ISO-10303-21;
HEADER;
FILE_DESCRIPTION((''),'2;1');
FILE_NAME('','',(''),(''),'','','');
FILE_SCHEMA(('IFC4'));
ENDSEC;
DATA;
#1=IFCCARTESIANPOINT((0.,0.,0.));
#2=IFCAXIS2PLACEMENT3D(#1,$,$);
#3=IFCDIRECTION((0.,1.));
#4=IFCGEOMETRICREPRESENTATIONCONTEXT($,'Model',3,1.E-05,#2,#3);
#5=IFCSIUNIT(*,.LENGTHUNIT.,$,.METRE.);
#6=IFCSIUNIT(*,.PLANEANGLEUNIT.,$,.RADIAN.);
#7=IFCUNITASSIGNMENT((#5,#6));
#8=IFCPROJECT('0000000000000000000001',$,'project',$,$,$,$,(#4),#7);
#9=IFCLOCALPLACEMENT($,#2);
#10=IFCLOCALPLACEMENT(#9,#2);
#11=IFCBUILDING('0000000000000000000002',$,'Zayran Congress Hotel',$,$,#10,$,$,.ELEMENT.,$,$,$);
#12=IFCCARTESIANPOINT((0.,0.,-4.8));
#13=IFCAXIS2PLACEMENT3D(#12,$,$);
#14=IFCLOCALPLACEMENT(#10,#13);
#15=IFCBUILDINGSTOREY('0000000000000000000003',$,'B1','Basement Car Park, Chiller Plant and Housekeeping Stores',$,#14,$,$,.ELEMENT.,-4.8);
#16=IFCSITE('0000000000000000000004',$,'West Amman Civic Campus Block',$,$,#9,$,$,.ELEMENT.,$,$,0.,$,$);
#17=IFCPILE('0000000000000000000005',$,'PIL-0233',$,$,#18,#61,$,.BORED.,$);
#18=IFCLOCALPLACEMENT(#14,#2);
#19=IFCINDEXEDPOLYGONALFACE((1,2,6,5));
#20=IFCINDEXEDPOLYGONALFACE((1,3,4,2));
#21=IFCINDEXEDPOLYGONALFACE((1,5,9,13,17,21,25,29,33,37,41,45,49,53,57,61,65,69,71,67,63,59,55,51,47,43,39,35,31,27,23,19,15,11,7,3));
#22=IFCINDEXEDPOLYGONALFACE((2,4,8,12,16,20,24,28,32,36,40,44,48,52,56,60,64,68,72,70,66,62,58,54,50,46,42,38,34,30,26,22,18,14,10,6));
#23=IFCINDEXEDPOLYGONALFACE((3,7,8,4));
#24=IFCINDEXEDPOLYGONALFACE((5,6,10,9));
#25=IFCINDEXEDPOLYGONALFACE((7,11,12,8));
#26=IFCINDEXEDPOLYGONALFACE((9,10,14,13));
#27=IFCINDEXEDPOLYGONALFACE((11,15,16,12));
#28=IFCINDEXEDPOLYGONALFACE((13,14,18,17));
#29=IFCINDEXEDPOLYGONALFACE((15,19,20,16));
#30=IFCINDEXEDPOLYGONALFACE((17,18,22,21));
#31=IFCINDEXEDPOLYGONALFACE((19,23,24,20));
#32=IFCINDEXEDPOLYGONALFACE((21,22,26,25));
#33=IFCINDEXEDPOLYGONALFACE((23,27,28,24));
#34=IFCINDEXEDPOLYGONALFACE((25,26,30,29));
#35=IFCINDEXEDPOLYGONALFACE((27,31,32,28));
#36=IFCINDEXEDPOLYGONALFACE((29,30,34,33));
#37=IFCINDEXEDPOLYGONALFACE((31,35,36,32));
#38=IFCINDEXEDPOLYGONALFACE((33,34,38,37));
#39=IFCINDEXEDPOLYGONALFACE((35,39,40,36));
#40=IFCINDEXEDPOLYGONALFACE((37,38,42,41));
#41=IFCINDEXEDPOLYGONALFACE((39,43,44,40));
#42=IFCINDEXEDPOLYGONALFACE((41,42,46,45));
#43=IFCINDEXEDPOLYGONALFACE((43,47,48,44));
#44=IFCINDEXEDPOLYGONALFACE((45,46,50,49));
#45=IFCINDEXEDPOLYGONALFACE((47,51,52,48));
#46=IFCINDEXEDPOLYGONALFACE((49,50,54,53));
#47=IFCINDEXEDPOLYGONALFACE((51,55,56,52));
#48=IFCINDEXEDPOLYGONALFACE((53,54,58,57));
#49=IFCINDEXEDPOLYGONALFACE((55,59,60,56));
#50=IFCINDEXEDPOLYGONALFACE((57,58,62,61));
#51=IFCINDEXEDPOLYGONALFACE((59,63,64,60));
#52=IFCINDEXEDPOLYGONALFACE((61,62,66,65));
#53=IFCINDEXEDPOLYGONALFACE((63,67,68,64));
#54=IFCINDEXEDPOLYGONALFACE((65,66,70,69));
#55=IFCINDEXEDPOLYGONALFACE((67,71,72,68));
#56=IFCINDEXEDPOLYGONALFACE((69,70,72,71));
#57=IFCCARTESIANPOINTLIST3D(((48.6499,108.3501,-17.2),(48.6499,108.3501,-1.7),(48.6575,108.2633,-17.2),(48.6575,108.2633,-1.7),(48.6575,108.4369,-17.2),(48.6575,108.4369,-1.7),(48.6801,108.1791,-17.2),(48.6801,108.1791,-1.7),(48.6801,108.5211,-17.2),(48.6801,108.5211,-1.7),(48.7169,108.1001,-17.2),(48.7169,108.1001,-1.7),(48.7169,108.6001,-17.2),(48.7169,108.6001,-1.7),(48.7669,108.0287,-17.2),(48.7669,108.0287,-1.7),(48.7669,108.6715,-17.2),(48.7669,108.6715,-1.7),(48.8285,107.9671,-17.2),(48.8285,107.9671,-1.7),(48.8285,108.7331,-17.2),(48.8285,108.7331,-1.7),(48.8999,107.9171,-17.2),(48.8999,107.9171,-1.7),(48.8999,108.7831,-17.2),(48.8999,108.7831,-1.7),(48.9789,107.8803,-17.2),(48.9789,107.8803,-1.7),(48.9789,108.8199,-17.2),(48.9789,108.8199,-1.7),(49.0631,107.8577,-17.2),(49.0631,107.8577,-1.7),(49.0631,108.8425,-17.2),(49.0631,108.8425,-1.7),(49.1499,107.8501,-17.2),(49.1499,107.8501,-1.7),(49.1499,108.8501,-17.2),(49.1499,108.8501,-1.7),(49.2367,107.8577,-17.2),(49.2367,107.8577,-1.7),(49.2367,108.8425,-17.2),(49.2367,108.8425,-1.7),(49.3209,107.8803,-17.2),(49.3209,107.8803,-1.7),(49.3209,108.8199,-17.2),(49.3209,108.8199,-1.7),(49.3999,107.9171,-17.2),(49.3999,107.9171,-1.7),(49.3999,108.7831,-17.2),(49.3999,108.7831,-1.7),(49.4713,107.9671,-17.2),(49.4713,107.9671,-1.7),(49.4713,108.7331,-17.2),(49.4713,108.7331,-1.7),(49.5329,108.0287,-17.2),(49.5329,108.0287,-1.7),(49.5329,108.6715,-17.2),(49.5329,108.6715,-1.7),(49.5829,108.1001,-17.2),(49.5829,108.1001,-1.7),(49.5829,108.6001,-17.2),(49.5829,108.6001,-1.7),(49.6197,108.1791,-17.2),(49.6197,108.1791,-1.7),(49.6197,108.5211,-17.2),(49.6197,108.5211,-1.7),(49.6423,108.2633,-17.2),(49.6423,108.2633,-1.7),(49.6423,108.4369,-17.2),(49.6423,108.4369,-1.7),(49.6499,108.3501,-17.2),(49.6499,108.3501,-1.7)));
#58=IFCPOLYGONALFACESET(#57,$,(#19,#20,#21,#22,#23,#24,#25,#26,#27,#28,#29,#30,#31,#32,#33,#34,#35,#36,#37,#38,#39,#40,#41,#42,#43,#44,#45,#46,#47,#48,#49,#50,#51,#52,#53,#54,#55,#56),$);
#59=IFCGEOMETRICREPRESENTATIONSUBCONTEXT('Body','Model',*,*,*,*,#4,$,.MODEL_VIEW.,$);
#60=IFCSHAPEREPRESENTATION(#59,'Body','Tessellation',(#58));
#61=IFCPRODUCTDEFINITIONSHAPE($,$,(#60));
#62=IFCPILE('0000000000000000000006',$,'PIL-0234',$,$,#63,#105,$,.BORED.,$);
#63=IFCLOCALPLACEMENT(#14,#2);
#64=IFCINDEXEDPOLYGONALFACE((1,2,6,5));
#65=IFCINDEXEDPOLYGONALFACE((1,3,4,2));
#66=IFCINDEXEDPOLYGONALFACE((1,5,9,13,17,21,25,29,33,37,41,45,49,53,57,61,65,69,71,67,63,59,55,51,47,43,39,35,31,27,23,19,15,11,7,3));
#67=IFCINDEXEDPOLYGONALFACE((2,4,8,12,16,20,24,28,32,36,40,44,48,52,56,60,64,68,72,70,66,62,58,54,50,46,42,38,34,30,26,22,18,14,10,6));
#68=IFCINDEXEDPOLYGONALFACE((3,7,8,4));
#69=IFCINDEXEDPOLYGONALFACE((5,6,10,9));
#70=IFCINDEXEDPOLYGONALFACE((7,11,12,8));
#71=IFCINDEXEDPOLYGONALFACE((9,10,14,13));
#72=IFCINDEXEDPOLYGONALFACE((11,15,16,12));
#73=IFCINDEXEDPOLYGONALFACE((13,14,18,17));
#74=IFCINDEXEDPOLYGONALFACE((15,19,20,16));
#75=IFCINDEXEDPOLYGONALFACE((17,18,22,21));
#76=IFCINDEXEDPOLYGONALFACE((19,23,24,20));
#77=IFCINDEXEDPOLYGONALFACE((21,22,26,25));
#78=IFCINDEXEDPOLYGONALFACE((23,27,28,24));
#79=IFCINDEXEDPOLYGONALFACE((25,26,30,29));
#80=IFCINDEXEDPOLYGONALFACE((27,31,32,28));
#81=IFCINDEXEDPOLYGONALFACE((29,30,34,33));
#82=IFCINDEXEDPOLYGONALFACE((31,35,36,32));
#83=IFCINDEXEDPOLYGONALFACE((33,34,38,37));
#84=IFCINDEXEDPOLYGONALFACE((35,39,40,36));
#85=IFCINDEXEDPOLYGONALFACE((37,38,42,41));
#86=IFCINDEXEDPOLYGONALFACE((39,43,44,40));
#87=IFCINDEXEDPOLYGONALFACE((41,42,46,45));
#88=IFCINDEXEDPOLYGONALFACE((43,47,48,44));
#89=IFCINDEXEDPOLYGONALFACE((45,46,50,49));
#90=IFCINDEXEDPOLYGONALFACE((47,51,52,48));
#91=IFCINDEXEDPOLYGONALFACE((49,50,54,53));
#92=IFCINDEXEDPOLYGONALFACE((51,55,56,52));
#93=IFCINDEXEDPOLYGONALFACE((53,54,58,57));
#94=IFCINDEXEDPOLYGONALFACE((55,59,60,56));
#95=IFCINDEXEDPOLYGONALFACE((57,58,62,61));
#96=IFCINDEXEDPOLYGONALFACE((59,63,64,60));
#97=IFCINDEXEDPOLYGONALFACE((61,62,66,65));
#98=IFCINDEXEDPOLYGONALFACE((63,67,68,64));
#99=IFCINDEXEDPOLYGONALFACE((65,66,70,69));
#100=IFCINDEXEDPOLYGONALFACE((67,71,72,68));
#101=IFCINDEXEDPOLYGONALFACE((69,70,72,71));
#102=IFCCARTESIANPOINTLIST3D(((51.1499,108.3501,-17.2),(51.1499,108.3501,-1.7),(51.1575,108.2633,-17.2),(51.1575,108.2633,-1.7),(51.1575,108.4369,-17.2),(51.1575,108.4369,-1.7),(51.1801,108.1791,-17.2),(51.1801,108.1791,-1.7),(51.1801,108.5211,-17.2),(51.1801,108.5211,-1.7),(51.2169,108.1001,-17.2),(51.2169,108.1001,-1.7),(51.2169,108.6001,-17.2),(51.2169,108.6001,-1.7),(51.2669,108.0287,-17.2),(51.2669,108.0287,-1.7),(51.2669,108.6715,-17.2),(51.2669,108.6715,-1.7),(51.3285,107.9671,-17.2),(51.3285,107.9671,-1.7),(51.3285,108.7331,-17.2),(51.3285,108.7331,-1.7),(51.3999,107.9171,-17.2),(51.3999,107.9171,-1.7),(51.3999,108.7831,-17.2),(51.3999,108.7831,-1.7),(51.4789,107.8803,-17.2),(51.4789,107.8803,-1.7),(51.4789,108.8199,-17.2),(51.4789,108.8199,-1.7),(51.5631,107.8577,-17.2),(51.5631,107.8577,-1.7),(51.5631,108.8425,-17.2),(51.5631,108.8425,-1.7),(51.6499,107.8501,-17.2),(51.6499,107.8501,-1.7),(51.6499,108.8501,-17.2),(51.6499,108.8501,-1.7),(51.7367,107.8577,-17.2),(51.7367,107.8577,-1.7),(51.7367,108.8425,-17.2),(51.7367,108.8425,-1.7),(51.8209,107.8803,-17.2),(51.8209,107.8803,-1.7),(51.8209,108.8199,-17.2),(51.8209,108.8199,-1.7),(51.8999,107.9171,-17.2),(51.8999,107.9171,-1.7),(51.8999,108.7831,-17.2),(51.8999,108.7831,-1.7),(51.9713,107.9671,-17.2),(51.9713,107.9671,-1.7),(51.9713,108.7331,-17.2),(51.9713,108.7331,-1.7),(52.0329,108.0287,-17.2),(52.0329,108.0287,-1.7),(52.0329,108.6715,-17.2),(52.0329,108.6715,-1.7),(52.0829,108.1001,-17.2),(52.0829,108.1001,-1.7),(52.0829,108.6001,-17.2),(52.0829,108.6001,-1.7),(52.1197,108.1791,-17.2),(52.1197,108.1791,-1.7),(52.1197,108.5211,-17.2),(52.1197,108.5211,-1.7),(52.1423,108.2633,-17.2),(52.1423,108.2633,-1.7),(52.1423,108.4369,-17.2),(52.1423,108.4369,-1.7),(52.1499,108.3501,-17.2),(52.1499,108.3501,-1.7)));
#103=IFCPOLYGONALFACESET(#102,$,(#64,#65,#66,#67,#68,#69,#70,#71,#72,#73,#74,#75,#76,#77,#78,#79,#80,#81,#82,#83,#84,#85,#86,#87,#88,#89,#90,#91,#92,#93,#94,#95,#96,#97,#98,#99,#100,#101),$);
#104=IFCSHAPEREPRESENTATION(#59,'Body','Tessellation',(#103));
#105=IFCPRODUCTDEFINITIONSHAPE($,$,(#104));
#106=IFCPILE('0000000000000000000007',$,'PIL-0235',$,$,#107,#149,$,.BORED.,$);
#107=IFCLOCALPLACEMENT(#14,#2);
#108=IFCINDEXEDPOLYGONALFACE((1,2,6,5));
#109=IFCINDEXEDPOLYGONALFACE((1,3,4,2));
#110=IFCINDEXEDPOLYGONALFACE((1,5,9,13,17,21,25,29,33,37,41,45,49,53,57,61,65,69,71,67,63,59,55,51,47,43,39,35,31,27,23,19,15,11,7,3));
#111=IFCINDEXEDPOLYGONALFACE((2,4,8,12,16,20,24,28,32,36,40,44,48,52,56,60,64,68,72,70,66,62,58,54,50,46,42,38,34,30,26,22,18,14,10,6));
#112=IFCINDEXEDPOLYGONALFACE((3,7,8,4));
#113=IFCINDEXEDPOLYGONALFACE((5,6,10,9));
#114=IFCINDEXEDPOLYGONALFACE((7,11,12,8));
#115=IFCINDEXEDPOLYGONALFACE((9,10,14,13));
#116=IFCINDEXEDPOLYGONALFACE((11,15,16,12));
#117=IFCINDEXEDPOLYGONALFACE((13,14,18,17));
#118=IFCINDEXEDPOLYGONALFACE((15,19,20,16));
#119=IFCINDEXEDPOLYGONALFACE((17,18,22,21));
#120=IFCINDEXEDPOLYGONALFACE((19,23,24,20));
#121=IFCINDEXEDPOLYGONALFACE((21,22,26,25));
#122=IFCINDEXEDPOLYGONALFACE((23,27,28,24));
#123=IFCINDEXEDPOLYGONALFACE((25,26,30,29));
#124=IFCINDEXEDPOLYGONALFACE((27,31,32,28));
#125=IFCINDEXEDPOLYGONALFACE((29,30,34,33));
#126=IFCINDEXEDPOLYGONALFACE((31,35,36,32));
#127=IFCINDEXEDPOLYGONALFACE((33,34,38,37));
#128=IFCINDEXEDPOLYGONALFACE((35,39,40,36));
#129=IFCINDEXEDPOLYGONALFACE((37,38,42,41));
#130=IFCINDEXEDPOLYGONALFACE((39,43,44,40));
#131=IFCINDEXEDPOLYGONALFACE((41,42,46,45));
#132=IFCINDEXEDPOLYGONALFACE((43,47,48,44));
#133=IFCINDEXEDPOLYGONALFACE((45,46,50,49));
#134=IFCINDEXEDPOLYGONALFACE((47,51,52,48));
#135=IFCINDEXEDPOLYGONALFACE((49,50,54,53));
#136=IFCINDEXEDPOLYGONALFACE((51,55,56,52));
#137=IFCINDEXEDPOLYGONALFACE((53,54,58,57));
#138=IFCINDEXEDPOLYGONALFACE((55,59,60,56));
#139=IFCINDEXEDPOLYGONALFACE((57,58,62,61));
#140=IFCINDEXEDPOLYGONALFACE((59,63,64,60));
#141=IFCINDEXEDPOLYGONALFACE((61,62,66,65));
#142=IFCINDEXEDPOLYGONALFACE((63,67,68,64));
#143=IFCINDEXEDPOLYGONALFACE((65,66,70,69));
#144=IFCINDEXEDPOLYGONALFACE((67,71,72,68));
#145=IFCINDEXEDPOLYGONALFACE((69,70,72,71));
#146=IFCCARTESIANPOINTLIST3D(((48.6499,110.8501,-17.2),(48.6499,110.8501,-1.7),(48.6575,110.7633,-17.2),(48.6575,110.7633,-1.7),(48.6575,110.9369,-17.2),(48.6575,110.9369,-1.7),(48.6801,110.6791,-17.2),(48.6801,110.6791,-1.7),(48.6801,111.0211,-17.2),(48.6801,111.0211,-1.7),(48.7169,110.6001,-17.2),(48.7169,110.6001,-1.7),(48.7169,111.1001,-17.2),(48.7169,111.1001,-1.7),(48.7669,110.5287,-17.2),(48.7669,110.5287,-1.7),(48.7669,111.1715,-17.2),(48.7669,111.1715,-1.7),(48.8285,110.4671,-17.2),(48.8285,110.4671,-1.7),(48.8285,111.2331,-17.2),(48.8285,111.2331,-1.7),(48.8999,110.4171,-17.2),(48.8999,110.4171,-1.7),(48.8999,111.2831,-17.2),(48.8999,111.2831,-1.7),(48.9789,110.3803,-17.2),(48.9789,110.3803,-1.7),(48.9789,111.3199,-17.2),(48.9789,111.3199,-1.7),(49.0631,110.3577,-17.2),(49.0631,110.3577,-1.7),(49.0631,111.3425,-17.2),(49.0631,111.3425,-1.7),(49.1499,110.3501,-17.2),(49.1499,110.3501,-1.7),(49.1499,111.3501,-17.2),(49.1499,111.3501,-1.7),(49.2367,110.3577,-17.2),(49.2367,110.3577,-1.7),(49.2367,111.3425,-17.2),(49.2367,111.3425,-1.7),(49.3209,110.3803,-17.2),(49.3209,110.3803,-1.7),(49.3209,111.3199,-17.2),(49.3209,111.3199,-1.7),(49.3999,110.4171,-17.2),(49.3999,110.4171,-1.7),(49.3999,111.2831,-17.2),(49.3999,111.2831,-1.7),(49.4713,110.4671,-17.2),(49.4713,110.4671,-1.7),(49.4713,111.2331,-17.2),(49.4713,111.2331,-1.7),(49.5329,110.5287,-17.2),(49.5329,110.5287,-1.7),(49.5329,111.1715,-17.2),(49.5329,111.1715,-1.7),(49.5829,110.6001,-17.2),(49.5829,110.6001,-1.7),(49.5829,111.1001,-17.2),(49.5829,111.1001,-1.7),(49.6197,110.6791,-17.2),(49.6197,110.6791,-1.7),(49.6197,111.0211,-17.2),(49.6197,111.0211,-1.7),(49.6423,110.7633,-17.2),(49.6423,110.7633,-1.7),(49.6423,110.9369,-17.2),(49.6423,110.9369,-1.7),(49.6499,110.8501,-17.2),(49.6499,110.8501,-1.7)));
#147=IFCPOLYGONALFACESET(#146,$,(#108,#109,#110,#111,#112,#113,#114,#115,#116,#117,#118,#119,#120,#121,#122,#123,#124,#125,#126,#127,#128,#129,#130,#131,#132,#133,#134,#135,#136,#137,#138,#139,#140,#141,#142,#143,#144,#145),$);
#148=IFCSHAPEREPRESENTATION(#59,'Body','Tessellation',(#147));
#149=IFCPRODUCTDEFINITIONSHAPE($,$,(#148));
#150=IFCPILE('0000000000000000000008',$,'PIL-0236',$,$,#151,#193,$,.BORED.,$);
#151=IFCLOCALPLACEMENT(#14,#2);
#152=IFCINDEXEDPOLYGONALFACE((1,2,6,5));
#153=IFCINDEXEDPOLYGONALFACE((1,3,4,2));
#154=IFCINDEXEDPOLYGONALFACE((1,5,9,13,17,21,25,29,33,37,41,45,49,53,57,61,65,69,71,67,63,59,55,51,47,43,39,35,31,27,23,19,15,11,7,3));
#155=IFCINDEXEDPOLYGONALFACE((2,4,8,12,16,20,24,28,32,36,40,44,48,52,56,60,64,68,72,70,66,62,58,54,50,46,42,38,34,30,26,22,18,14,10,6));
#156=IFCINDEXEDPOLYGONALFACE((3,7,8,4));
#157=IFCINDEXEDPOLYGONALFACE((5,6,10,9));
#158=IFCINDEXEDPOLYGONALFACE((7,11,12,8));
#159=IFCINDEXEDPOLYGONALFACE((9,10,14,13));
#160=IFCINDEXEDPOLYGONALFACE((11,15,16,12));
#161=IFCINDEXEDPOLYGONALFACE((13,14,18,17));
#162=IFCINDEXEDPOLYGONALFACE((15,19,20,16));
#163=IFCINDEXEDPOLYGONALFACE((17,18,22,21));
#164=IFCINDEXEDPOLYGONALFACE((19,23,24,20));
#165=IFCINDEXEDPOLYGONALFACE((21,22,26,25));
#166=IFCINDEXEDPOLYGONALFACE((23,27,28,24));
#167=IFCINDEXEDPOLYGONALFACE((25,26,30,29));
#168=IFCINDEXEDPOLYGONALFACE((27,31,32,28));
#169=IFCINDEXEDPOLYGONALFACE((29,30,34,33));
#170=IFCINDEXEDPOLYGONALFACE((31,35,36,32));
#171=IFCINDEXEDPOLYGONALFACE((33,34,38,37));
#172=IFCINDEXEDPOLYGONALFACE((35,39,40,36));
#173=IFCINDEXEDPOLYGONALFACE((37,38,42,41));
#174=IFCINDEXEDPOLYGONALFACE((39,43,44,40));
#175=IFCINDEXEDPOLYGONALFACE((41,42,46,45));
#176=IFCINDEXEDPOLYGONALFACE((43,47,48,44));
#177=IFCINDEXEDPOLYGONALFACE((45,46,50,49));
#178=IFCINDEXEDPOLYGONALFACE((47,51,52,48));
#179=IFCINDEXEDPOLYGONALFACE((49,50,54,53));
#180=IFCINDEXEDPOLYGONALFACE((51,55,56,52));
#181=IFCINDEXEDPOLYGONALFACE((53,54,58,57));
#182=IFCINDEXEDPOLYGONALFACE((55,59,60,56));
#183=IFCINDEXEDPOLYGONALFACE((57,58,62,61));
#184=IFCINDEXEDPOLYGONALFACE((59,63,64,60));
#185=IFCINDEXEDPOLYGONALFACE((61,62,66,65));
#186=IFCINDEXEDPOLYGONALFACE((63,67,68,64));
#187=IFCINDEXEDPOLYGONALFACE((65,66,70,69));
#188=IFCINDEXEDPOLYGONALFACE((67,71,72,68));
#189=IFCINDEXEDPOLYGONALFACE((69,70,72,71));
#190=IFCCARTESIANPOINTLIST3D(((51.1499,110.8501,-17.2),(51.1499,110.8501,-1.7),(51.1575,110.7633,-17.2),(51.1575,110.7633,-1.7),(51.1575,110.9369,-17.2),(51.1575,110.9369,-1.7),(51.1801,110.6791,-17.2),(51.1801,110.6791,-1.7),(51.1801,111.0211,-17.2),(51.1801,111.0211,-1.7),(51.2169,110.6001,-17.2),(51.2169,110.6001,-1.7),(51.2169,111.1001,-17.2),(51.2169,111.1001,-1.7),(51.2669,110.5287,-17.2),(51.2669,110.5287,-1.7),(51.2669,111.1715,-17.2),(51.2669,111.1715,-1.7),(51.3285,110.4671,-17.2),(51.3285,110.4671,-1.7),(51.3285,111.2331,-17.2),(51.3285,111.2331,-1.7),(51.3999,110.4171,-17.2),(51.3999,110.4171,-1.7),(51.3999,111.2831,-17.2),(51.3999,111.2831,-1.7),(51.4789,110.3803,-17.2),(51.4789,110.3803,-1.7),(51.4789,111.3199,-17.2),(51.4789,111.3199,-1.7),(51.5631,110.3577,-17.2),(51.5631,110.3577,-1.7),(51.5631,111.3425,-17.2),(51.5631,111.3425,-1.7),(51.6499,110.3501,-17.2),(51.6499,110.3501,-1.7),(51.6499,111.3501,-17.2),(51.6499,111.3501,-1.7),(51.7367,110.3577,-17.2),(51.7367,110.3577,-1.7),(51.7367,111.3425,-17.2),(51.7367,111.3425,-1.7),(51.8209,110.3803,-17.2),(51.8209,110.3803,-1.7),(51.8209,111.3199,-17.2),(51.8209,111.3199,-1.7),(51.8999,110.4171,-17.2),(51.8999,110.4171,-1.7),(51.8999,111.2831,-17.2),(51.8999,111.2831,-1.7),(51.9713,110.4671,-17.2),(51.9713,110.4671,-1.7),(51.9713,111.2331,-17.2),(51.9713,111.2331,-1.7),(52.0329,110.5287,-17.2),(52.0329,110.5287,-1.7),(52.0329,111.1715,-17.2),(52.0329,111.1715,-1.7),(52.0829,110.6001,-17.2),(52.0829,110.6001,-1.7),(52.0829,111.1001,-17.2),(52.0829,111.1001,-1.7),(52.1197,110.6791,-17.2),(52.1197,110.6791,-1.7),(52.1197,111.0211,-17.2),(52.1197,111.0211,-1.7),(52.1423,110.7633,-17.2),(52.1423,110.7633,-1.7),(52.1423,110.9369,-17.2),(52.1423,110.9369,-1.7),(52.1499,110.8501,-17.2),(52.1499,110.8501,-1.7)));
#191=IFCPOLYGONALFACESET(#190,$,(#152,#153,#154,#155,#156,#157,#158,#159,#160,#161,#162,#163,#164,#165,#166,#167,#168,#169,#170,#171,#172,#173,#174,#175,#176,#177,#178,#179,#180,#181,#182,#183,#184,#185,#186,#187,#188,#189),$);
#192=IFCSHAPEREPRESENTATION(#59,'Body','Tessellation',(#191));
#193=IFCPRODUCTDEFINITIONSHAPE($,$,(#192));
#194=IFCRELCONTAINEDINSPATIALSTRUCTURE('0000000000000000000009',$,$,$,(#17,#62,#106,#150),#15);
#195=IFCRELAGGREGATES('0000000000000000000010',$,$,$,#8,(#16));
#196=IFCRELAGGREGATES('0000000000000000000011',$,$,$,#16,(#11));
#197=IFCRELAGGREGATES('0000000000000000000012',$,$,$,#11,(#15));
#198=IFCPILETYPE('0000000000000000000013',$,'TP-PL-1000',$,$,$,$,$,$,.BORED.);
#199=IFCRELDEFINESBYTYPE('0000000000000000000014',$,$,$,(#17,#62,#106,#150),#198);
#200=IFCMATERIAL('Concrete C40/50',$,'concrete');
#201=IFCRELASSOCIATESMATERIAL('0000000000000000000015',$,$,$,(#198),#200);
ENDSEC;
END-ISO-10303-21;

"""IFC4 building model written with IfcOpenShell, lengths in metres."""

from ifc_helpers import new_model, si_unit, direction, frame, origin, origin_2d, place, context, subcontext, project, spatial, circle, extrude, material, material_profile, profile_set, type_object, element, save


model = new_model("IFC4")

# Units and contexts
model_context = context("Model", 3, precision=1e-05, world=origin(), true_north=direction((0.0, 1.0)))
body_context = subcontext(model_context, "Body", "Model", "MODEL_VIEW")
ifc_project = project(units=[si_unit("LENGTHUNIT", "METRE"), si_unit("PLANEANGLEUNIT", "RADIAN")], contexts=[model_context])

# Site, building, storey
site_placement = place(None, origin())
site = spatial("IfcSite", under=ifc_project, at=site_placement, Name="West Amman Civic Campus Block", CompositionType="ELEMENT", RefElevation=0.0)
building_placement = place(site_placement, origin())
building = spatial("IfcBuilding", under=site, at=building_placement, Name="Zayran Congress Hotel", CompositionType="ELEMENT")
storey_placement = place(building_placement, frame((0.0, 0.0, -4.8)))
storey = spatial("IfcBuildingStorey", under=building, at=storey_placement, Name="B1", Description="Basement Car Park, Chiller Plant and Housekeeping Stores", CompositionType="ELEMENT", Elevation=-4.8)

# Piles
ifc_material = material(Name="Concrete C40/50", Category="concrete")
ifc_material_profile_1 = material_profile(ifc_material, circle(Radius=0.5, at=origin_2d()), Name="PILE D1000")
ifc_profile_set_1 = profile_set([ifc_material_profile_1], Name="Concrete C40/50")
pile_type = type_object("IfcPileType", Name="TP-PL-1000", PredefinedType="BORED", material=ifc_profile_set_1)
for number, where, z_axis, x_axis, name in (
    (1, (49.1499, 108.3501, -1.7), (0.0, 0.0, -1.0), (1.0, 0.0, 0.0), "PIL-0233"),
    (2, (51.6499, 108.3501, -1.7), (0.0, 0.0, -1.0), (1.0, 0.0, 0.0), "PIL-0234"),
    (3, (49.1499, 110.8501, -1.7), (0.0, 0.0, -1.0), (1.0, 0.0, 0.0), "PIL-0235"),
    (4, (51.6499, 110.8501, -1.7), (0.0, 0.0, -1.0), (1.0, 0.0, 0.0), "PIL-0236"),
):
    element("IfcPile", number, at=place(storey_placement, frame(where, z_axis=z_axis, x_axis=x_axis)), inside=storey, type_object=pile_type, Name=name, PredefinedType="BORED", context=body_context, shape_type="SweptSolid", body=[
        extrude(circle(Radius=0.5, at=origin_2d()), origin(), (0.0, 0.0, 1.0), 15.5),
    ])

save(model, "model.ifc")
